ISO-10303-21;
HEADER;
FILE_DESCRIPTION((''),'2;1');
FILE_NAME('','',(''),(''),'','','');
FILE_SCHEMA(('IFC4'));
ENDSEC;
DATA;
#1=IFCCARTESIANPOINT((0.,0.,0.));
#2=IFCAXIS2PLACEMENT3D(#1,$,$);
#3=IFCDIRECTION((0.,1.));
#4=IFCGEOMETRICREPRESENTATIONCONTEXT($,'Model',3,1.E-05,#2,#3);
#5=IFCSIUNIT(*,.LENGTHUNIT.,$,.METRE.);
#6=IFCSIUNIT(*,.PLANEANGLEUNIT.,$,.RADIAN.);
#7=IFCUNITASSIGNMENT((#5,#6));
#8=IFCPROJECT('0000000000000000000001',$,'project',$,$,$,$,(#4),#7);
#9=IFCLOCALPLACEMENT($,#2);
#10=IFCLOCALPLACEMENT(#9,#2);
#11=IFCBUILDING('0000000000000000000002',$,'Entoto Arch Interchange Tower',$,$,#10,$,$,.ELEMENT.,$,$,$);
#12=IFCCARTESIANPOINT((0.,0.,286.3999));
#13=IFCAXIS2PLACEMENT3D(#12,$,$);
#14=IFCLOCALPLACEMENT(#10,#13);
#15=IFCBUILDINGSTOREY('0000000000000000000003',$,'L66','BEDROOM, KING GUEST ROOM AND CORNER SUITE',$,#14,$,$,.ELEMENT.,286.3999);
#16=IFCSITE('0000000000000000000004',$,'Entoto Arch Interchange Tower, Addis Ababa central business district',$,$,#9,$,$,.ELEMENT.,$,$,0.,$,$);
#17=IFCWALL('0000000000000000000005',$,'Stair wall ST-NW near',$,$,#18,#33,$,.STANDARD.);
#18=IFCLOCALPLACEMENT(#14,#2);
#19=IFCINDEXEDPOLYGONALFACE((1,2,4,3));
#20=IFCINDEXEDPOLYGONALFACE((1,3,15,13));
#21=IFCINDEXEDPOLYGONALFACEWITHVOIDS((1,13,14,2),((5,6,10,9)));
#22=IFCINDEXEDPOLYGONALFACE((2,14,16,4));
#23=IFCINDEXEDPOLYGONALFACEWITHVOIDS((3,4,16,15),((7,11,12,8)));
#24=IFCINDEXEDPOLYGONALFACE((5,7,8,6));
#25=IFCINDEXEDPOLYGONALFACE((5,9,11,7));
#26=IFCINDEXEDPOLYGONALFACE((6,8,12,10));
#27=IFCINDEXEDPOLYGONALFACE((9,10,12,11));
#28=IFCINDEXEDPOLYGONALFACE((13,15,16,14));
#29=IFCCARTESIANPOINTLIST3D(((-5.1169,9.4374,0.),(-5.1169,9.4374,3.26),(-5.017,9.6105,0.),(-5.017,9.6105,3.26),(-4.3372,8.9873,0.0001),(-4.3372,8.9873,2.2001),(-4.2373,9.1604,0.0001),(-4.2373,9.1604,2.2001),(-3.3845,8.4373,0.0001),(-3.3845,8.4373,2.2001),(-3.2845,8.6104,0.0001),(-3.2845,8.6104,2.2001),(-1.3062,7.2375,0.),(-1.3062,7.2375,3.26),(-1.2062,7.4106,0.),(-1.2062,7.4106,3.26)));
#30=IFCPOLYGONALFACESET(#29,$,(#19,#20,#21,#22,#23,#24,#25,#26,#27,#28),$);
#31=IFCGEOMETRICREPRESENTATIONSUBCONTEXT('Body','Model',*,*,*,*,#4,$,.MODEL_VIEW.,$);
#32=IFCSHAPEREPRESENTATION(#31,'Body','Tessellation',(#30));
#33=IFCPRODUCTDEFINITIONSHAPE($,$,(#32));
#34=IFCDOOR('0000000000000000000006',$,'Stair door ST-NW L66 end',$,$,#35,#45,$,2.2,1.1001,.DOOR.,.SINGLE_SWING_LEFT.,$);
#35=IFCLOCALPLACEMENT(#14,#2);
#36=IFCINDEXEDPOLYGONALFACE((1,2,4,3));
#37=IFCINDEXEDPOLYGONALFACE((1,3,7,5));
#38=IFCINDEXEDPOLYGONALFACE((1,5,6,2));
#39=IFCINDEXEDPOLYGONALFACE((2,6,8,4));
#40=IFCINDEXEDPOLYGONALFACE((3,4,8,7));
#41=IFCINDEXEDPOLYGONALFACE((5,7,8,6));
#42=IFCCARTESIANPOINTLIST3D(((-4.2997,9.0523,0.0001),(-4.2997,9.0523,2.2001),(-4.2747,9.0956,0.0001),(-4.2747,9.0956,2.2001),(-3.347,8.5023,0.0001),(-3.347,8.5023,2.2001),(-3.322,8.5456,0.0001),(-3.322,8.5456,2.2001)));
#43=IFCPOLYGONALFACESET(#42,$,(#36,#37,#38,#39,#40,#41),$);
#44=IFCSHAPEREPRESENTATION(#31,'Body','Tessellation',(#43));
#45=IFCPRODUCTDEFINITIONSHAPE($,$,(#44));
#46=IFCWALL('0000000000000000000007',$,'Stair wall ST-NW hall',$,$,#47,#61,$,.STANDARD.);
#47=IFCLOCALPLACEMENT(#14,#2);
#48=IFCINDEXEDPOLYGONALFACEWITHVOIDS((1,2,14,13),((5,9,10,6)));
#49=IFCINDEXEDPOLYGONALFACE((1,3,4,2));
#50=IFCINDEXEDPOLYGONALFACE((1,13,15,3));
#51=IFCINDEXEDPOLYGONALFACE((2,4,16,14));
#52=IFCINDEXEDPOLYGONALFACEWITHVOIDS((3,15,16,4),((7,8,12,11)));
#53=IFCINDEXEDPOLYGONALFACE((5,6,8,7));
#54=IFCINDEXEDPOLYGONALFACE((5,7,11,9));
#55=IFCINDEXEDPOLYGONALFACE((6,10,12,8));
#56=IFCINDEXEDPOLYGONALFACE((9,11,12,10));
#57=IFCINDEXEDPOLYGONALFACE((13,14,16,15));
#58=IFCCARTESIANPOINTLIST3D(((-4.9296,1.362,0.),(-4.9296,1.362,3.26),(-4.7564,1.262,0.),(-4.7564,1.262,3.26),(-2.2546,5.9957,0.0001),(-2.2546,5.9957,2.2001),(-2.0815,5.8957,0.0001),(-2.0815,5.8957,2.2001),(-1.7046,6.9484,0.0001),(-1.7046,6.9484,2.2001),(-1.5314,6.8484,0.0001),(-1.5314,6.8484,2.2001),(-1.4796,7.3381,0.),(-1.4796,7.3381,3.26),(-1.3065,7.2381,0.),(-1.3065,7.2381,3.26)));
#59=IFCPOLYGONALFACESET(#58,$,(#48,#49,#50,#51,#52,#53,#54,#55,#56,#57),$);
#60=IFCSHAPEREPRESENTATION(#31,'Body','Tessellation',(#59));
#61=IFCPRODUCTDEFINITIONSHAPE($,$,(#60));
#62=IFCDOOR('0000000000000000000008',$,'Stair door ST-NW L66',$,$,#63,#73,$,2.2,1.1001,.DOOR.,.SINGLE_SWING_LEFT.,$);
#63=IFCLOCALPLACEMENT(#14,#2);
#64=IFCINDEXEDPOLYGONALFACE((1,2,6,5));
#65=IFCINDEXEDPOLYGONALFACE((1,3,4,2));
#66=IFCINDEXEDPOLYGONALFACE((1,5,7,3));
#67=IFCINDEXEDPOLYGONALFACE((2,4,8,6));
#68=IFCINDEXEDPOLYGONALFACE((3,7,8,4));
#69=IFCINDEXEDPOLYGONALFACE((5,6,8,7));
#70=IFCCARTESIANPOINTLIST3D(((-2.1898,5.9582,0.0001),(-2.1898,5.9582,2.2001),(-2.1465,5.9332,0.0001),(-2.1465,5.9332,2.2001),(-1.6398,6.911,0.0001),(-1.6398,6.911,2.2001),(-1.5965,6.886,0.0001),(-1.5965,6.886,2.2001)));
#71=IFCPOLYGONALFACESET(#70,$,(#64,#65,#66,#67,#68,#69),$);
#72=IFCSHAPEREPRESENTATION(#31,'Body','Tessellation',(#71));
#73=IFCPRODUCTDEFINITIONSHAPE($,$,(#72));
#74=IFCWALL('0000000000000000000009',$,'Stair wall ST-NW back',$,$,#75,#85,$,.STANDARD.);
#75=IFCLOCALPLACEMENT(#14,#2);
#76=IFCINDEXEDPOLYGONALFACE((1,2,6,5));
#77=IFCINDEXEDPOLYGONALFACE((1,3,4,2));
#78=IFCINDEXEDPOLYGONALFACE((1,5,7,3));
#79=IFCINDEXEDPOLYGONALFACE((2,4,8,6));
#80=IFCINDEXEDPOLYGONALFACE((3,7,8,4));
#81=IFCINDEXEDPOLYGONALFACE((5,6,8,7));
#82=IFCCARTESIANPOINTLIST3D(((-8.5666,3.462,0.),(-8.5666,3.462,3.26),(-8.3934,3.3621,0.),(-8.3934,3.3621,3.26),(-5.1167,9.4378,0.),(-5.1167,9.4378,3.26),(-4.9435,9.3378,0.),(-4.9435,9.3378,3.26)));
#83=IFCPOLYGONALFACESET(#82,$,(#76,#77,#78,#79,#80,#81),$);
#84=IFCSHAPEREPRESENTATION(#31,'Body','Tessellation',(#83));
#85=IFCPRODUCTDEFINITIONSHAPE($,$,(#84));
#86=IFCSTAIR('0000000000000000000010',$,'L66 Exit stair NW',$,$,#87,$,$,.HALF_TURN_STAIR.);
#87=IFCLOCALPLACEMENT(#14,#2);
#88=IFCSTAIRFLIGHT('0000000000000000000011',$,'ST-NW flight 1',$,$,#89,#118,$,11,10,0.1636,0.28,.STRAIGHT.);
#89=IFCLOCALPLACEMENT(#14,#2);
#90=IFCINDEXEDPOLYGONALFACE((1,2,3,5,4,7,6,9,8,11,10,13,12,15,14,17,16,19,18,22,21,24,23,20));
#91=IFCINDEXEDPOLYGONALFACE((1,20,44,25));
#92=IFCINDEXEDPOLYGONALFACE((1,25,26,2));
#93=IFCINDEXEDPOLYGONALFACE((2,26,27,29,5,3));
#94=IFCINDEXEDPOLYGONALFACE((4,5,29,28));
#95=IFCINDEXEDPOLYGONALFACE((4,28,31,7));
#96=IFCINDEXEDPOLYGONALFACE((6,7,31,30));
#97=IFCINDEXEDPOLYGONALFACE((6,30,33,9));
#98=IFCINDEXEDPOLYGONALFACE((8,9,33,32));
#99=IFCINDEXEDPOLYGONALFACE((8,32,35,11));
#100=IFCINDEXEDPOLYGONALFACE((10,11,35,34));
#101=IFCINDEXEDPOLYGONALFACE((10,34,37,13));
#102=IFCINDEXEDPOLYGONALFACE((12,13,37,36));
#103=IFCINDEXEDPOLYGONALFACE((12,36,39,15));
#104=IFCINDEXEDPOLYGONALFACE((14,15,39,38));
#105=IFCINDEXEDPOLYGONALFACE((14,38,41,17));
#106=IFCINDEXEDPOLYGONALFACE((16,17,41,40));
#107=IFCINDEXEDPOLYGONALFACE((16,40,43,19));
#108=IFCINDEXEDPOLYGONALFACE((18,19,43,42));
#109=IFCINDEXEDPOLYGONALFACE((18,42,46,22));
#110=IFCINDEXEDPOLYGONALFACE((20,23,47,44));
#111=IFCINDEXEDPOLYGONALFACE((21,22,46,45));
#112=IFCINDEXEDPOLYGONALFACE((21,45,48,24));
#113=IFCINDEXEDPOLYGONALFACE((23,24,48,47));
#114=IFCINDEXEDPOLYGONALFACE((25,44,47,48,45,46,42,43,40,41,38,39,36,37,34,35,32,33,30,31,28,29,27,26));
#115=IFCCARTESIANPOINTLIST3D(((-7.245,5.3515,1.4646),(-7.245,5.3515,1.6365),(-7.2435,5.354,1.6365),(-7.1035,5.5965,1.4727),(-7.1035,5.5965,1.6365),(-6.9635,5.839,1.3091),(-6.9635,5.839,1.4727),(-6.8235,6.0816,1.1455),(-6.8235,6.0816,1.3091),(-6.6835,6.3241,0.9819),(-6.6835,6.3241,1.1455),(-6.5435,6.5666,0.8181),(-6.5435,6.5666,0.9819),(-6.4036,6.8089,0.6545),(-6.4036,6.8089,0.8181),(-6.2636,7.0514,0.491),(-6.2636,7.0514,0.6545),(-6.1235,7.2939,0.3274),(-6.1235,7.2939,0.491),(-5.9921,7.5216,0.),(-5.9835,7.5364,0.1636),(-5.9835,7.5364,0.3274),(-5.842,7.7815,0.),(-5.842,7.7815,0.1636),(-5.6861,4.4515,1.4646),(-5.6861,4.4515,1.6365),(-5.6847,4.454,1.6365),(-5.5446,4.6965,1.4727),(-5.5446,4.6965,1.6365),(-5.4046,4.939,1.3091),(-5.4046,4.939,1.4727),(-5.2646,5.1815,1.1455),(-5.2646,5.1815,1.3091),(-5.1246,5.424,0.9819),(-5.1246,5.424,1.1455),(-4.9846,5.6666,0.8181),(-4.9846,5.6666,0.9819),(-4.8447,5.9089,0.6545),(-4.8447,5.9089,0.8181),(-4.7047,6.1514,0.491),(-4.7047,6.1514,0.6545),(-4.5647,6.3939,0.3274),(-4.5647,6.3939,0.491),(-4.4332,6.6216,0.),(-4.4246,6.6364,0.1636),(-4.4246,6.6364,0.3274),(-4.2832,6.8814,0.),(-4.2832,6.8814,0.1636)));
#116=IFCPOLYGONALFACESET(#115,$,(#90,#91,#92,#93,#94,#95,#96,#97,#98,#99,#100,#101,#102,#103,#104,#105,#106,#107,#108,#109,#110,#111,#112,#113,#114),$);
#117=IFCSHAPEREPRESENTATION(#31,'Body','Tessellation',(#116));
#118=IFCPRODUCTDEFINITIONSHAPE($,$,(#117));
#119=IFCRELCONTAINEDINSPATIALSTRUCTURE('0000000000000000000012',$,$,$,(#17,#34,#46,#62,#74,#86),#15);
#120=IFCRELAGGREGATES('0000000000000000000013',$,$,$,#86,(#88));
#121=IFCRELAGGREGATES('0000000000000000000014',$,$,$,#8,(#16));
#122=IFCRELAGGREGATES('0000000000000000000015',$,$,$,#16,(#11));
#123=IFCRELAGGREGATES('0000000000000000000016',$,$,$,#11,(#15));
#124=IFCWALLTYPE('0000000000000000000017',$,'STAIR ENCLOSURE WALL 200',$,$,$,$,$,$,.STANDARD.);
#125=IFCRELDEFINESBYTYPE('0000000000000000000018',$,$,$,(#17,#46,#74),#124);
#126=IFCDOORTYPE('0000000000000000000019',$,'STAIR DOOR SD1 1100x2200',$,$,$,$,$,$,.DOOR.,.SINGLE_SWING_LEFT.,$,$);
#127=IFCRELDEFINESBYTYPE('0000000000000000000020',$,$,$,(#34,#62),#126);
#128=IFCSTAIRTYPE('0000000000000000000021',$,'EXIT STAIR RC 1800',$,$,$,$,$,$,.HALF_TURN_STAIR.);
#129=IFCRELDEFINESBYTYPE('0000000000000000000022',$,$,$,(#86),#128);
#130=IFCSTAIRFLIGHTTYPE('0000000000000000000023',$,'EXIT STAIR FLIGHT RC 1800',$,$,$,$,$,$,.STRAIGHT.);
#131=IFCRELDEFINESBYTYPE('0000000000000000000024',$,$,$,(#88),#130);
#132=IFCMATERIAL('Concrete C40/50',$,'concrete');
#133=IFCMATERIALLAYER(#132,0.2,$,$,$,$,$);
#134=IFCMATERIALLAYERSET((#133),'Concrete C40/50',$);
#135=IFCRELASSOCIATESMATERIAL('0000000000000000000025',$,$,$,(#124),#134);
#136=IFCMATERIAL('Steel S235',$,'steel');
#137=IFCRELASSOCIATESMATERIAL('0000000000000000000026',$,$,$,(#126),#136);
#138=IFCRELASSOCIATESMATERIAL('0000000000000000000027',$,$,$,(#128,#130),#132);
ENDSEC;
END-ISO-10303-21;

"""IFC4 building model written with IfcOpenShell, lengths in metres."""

from ifc_helpers import new_model, si_unit, direction, frame, frame_2d, origin, place, context, subcontext, project, spatial, polyline, rectangle, outline, extrude, material, layer, layer_set, type_object, element, fill, aggregate, save


model = new_model("IFC4")

# Units and contexts
model_context = context("Model", 3, precision=1e-05, world=origin(), true_north=direction((0.0, 1.0)))
body_context = subcontext(model_context, "Body", "Model", "MODEL_VIEW")
ifc_project = project(units=[si_unit("LENGTHUNIT", "METRE"), si_unit("PLANEANGLEUNIT", "RADIAN")], contexts=[model_context])

# Site, building, storey
site_placement = place(None, origin())
site = spatial("IfcSite", under=ifc_project, at=site_placement, Name="Entoto Arch Interchange Tower, Addis Ababa central business district", CompositionType="ELEMENT", RefElevation=0.0)
building_placement = place(site_placement, origin())
building = spatial("IfcBuilding", under=site, at=building_placement, Name="Entoto Arch Interchange Tower", CompositionType="ELEMENT")
storey_placement = place(building_placement, frame((0.0, 0.0, 286.3999)))
storey = spatial("IfcBuildingStorey", under=building, at=storey_placement, Name="L66", Description="BEDROOM, KING GUEST ROOM AND CORNER SUITE", CompositionType="ELEMENT", Elevation=286.3999)

# Shared definitions
ifc_material_1 = material(Name="Concrete C40/50", Category="concrete")

# Walls, openings, doors
ifc_layer_1 = layer(ifc_material_1, 0.2)
ifc_layer_set_1 = layer_set([ifc_layer_1], Name="Concrete C40/50")
wall_type_1 = type_object("IfcWallType", Name="STAIR ENCLOSURE WALL 200", PredefinedType="STANDARD", material=ifc_layer_set_1)
wall_1_placement = place(storey_placement, frame((-1.2561, 7.324, 0.0), z_axis=(0.0, 0.0, 1.0), x_axis=(-0.866046, 0.499964, 0.0)))
wall_1 = element("IfcWall", 1, at=wall_1_placement, inside=storey, type_object=wall_type_1, Name="Stair wall ST-NW near", PredefinedType="STANDARD", context=body_context, shape_type="SweptSolid", body=[
    extrude(rectangle(XDim=4.4001, YDim=0.2, at=frame_2d((2.2002, 0.0))), origin(), (0.0, 0.0, 1.0), 3.26),
])
opening_1_placement = place(wall_1_placement, frame((2.3999, 0.0, 0.0)))
opening_1 = element("IfcOpeningElement", 2, at=opening_1_placement, cuts=wall_1, PredefinedType="OPENING", context=body_context, shape_type="SweptSolid", body=[
    extrude(rectangle(XDim=1.1001, YDim=2.2, at=frame_2d((0.55, 1.1001))), frame((0.0, 0.1099, 0.0), z_axis=(0.0, -1.0, 0.0), x_axis=(1.0, 0.0, 0.0)), (0.0, 0.0, 1.0), 0.22),
])
ifc_material_2 = material(Name="Steel S235", Category="steel")
door_type_1 = type_object("IfcDoorType", Name="STAIR DOOR SD1 1100x2200", OperationType="SINGLE_SWING_LEFT", PredefinedType="DOOR", material=ifc_material_2)
door_1_placement = place(opening_1_placement, origin())
door_1 = element("IfcDoor", 3, at=door_1_placement, inside=storey, type_object=door_type_1, Name="Stair door ST-NW L66 end", OperationType="SINGLE_SWING_LEFT", OverallHeight=2.2, OverallWidth=1.1001, PredefinedType="DOOR", context=body_context, shape_type="SweptSolid", body=[
    extrude(rectangle(XDim=1.1001, YDim=2.2, at=frame_2d((0.55, 1.1001))), frame((0.0, 0.0249, 0.0), z_axis=(0.0, -1.0, 0.0), x_axis=(1.0, 0.0, 0.0)), (0.0, 0.0, 1.0), 0.05),
])
fill(opening_1, door_1)
wall_2_placement = place(storey_placement, frame((-1.3931, 7.2881, 0.0), z_axis=(0.0, 0.0, 1.0), x_axis=(-0.499963, -0.866047, 0.0)))
wall_2 = element("IfcWall", 4, at=wall_2_placement, inside=storey, type_object=wall_type_1, Name="Stair wall ST-NW hall", PredefinedType="STANDARD", context=body_context, shape_type="SweptSolid", body=[
    extrude(rectangle(XDim=6.9004, YDim=0.2, at=frame_2d((3.4502, 0.0))), origin(), (0.0, 0.0, 1.0), 3.26),
])
opening_2_placement = place(wall_2_placement, frame((0.45, 0.0, 0.0)))
opening_2 = element("IfcOpeningElement", 5, at=opening_2_placement, cuts=wall_2, PredefinedType="OPENING", context=body_context, shape_type="SweptSolid", body=[
    extrude(rectangle(XDim=1.1001, YDim=2.2, at=frame_2d((0.55, 1.1001))), frame((0.0, 0.1099, 0.0), z_axis=(0.0, -1.0, 0.0), x_axis=(1.0, 0.0, 0.0)), (0.0, 0.0, 1.0), 0.22),
])
door_2_placement = place(opening_2_placement, origin())
door_2 = element("IfcDoor", 6, at=door_2_placement, inside=storey, type_object=door_type_1, Name="Stair door ST-NW L66", OperationType="SINGLE_SWING_LEFT", OverallHeight=2.2, OverallWidth=1.1001, PredefinedType="DOOR", context=body_context, shape_type="SweptSolid", body=[
    extrude(rectangle(XDim=1.1001, YDim=2.2, at=frame_2d((0.55, 1.1001))), frame((0.0, 0.0249, 0.0), z_axis=(0.0, -1.0, 0.0), x_axis=(1.0, 0.0, 0.0)), (0.0, 0.0, 1.0), 0.05),
])
fill(opening_2, door_2)

# Wall
wall_3_placement = place(storey_placement, frame((-5.03, 9.3879, 0.0), z_axis=(0.0, 0.0, 1.0), x_axis=(-0.499979, -0.866038, 0.0)))
element("IfcWall", 7, at=wall_3_placement, inside=storey, type_object=wall_type_1, Name="Stair wall ST-NW back", PredefinedType="STANDARD", context=body_context, shape_type="SweptSolid", body=[
    extrude(rectangle(XDim=6.9001, YDim=0.2, at=frame_2d((3.4502, 0.0))), origin(), (0.0, 0.0, 1.0), 3.26),
])

# Stair, stair flight
stair_type = type_object("IfcStairType", Name="EXIT STAIR RC 1800", PredefinedType="HALF_TURN_STAIR", material=ifc_material_1)
stair_placement = place(storey_placement, origin())
stair = element("IfcStair", 8, at=stair_placement, inside=storey, type_object=stair_type, Name="L66 Exit stair NW", PredefinedType="HALF_TURN_STAIR")
stair_flight_type = type_object("IfcStairFlightType", Name="EXIT STAIR FLIGHT RC 1800", PredefinedType="STRAIGHT", material=ifc_material_1)
stair_flight_placement = place(storey_placement, frame((-5.064, 7.3289, 0.0), z_axis=(0.0, 0.0, 1.0), x_axis=(-0.5, -0.866025, 0.0)))
stair_flight = element("IfcStairFlight", 9, at=stair_flight_placement, type_object=stair_flight_type, Name="ST-NW flight 1", NumberOfRisers=11, NumberOfTreads=10, PredefinedType="STRAIGHT", RiserHeight=0.1636, TreadLength=0.28, context=body_context, shape_type="SweptSolid", body=[
    extrude(outline(polyline([(-0.0029, 0.0), (-0.0029, 0.1636), (0.28, 0.1636), (0.28, 0.3274), (0.5601, 0.3274), (0.5601, 0.491), (0.8401, 0.491), (0.8401, 0.6545), (1.1201, 0.6545), (1.1201, 0.8181), (1.3999, 0.8181), (1.3999, 0.9819), (1.6799, 0.9819), (1.6799, 1.1455), (1.96, 1.1455), (1.96, 1.3091), (2.24, 1.3091), (2.24, 1.4727), (2.52, 1.4727), (2.52, 1.6365), (2.8, 1.6365), (2.803, 1.6365), (2.803, 1.4646), (0.2971, 0.0), (-0.0029, 0.0)])), frame((0.0, 0.8999, 0.0), z_axis=(0.0, -1.0, 0.0), x_axis=(1.0, 0.0, 0.0)), (0.0, 0.0, 1.0), 1.8),
])
aggregate(stair, [stair_flight])

save(model, "model.ifc")
